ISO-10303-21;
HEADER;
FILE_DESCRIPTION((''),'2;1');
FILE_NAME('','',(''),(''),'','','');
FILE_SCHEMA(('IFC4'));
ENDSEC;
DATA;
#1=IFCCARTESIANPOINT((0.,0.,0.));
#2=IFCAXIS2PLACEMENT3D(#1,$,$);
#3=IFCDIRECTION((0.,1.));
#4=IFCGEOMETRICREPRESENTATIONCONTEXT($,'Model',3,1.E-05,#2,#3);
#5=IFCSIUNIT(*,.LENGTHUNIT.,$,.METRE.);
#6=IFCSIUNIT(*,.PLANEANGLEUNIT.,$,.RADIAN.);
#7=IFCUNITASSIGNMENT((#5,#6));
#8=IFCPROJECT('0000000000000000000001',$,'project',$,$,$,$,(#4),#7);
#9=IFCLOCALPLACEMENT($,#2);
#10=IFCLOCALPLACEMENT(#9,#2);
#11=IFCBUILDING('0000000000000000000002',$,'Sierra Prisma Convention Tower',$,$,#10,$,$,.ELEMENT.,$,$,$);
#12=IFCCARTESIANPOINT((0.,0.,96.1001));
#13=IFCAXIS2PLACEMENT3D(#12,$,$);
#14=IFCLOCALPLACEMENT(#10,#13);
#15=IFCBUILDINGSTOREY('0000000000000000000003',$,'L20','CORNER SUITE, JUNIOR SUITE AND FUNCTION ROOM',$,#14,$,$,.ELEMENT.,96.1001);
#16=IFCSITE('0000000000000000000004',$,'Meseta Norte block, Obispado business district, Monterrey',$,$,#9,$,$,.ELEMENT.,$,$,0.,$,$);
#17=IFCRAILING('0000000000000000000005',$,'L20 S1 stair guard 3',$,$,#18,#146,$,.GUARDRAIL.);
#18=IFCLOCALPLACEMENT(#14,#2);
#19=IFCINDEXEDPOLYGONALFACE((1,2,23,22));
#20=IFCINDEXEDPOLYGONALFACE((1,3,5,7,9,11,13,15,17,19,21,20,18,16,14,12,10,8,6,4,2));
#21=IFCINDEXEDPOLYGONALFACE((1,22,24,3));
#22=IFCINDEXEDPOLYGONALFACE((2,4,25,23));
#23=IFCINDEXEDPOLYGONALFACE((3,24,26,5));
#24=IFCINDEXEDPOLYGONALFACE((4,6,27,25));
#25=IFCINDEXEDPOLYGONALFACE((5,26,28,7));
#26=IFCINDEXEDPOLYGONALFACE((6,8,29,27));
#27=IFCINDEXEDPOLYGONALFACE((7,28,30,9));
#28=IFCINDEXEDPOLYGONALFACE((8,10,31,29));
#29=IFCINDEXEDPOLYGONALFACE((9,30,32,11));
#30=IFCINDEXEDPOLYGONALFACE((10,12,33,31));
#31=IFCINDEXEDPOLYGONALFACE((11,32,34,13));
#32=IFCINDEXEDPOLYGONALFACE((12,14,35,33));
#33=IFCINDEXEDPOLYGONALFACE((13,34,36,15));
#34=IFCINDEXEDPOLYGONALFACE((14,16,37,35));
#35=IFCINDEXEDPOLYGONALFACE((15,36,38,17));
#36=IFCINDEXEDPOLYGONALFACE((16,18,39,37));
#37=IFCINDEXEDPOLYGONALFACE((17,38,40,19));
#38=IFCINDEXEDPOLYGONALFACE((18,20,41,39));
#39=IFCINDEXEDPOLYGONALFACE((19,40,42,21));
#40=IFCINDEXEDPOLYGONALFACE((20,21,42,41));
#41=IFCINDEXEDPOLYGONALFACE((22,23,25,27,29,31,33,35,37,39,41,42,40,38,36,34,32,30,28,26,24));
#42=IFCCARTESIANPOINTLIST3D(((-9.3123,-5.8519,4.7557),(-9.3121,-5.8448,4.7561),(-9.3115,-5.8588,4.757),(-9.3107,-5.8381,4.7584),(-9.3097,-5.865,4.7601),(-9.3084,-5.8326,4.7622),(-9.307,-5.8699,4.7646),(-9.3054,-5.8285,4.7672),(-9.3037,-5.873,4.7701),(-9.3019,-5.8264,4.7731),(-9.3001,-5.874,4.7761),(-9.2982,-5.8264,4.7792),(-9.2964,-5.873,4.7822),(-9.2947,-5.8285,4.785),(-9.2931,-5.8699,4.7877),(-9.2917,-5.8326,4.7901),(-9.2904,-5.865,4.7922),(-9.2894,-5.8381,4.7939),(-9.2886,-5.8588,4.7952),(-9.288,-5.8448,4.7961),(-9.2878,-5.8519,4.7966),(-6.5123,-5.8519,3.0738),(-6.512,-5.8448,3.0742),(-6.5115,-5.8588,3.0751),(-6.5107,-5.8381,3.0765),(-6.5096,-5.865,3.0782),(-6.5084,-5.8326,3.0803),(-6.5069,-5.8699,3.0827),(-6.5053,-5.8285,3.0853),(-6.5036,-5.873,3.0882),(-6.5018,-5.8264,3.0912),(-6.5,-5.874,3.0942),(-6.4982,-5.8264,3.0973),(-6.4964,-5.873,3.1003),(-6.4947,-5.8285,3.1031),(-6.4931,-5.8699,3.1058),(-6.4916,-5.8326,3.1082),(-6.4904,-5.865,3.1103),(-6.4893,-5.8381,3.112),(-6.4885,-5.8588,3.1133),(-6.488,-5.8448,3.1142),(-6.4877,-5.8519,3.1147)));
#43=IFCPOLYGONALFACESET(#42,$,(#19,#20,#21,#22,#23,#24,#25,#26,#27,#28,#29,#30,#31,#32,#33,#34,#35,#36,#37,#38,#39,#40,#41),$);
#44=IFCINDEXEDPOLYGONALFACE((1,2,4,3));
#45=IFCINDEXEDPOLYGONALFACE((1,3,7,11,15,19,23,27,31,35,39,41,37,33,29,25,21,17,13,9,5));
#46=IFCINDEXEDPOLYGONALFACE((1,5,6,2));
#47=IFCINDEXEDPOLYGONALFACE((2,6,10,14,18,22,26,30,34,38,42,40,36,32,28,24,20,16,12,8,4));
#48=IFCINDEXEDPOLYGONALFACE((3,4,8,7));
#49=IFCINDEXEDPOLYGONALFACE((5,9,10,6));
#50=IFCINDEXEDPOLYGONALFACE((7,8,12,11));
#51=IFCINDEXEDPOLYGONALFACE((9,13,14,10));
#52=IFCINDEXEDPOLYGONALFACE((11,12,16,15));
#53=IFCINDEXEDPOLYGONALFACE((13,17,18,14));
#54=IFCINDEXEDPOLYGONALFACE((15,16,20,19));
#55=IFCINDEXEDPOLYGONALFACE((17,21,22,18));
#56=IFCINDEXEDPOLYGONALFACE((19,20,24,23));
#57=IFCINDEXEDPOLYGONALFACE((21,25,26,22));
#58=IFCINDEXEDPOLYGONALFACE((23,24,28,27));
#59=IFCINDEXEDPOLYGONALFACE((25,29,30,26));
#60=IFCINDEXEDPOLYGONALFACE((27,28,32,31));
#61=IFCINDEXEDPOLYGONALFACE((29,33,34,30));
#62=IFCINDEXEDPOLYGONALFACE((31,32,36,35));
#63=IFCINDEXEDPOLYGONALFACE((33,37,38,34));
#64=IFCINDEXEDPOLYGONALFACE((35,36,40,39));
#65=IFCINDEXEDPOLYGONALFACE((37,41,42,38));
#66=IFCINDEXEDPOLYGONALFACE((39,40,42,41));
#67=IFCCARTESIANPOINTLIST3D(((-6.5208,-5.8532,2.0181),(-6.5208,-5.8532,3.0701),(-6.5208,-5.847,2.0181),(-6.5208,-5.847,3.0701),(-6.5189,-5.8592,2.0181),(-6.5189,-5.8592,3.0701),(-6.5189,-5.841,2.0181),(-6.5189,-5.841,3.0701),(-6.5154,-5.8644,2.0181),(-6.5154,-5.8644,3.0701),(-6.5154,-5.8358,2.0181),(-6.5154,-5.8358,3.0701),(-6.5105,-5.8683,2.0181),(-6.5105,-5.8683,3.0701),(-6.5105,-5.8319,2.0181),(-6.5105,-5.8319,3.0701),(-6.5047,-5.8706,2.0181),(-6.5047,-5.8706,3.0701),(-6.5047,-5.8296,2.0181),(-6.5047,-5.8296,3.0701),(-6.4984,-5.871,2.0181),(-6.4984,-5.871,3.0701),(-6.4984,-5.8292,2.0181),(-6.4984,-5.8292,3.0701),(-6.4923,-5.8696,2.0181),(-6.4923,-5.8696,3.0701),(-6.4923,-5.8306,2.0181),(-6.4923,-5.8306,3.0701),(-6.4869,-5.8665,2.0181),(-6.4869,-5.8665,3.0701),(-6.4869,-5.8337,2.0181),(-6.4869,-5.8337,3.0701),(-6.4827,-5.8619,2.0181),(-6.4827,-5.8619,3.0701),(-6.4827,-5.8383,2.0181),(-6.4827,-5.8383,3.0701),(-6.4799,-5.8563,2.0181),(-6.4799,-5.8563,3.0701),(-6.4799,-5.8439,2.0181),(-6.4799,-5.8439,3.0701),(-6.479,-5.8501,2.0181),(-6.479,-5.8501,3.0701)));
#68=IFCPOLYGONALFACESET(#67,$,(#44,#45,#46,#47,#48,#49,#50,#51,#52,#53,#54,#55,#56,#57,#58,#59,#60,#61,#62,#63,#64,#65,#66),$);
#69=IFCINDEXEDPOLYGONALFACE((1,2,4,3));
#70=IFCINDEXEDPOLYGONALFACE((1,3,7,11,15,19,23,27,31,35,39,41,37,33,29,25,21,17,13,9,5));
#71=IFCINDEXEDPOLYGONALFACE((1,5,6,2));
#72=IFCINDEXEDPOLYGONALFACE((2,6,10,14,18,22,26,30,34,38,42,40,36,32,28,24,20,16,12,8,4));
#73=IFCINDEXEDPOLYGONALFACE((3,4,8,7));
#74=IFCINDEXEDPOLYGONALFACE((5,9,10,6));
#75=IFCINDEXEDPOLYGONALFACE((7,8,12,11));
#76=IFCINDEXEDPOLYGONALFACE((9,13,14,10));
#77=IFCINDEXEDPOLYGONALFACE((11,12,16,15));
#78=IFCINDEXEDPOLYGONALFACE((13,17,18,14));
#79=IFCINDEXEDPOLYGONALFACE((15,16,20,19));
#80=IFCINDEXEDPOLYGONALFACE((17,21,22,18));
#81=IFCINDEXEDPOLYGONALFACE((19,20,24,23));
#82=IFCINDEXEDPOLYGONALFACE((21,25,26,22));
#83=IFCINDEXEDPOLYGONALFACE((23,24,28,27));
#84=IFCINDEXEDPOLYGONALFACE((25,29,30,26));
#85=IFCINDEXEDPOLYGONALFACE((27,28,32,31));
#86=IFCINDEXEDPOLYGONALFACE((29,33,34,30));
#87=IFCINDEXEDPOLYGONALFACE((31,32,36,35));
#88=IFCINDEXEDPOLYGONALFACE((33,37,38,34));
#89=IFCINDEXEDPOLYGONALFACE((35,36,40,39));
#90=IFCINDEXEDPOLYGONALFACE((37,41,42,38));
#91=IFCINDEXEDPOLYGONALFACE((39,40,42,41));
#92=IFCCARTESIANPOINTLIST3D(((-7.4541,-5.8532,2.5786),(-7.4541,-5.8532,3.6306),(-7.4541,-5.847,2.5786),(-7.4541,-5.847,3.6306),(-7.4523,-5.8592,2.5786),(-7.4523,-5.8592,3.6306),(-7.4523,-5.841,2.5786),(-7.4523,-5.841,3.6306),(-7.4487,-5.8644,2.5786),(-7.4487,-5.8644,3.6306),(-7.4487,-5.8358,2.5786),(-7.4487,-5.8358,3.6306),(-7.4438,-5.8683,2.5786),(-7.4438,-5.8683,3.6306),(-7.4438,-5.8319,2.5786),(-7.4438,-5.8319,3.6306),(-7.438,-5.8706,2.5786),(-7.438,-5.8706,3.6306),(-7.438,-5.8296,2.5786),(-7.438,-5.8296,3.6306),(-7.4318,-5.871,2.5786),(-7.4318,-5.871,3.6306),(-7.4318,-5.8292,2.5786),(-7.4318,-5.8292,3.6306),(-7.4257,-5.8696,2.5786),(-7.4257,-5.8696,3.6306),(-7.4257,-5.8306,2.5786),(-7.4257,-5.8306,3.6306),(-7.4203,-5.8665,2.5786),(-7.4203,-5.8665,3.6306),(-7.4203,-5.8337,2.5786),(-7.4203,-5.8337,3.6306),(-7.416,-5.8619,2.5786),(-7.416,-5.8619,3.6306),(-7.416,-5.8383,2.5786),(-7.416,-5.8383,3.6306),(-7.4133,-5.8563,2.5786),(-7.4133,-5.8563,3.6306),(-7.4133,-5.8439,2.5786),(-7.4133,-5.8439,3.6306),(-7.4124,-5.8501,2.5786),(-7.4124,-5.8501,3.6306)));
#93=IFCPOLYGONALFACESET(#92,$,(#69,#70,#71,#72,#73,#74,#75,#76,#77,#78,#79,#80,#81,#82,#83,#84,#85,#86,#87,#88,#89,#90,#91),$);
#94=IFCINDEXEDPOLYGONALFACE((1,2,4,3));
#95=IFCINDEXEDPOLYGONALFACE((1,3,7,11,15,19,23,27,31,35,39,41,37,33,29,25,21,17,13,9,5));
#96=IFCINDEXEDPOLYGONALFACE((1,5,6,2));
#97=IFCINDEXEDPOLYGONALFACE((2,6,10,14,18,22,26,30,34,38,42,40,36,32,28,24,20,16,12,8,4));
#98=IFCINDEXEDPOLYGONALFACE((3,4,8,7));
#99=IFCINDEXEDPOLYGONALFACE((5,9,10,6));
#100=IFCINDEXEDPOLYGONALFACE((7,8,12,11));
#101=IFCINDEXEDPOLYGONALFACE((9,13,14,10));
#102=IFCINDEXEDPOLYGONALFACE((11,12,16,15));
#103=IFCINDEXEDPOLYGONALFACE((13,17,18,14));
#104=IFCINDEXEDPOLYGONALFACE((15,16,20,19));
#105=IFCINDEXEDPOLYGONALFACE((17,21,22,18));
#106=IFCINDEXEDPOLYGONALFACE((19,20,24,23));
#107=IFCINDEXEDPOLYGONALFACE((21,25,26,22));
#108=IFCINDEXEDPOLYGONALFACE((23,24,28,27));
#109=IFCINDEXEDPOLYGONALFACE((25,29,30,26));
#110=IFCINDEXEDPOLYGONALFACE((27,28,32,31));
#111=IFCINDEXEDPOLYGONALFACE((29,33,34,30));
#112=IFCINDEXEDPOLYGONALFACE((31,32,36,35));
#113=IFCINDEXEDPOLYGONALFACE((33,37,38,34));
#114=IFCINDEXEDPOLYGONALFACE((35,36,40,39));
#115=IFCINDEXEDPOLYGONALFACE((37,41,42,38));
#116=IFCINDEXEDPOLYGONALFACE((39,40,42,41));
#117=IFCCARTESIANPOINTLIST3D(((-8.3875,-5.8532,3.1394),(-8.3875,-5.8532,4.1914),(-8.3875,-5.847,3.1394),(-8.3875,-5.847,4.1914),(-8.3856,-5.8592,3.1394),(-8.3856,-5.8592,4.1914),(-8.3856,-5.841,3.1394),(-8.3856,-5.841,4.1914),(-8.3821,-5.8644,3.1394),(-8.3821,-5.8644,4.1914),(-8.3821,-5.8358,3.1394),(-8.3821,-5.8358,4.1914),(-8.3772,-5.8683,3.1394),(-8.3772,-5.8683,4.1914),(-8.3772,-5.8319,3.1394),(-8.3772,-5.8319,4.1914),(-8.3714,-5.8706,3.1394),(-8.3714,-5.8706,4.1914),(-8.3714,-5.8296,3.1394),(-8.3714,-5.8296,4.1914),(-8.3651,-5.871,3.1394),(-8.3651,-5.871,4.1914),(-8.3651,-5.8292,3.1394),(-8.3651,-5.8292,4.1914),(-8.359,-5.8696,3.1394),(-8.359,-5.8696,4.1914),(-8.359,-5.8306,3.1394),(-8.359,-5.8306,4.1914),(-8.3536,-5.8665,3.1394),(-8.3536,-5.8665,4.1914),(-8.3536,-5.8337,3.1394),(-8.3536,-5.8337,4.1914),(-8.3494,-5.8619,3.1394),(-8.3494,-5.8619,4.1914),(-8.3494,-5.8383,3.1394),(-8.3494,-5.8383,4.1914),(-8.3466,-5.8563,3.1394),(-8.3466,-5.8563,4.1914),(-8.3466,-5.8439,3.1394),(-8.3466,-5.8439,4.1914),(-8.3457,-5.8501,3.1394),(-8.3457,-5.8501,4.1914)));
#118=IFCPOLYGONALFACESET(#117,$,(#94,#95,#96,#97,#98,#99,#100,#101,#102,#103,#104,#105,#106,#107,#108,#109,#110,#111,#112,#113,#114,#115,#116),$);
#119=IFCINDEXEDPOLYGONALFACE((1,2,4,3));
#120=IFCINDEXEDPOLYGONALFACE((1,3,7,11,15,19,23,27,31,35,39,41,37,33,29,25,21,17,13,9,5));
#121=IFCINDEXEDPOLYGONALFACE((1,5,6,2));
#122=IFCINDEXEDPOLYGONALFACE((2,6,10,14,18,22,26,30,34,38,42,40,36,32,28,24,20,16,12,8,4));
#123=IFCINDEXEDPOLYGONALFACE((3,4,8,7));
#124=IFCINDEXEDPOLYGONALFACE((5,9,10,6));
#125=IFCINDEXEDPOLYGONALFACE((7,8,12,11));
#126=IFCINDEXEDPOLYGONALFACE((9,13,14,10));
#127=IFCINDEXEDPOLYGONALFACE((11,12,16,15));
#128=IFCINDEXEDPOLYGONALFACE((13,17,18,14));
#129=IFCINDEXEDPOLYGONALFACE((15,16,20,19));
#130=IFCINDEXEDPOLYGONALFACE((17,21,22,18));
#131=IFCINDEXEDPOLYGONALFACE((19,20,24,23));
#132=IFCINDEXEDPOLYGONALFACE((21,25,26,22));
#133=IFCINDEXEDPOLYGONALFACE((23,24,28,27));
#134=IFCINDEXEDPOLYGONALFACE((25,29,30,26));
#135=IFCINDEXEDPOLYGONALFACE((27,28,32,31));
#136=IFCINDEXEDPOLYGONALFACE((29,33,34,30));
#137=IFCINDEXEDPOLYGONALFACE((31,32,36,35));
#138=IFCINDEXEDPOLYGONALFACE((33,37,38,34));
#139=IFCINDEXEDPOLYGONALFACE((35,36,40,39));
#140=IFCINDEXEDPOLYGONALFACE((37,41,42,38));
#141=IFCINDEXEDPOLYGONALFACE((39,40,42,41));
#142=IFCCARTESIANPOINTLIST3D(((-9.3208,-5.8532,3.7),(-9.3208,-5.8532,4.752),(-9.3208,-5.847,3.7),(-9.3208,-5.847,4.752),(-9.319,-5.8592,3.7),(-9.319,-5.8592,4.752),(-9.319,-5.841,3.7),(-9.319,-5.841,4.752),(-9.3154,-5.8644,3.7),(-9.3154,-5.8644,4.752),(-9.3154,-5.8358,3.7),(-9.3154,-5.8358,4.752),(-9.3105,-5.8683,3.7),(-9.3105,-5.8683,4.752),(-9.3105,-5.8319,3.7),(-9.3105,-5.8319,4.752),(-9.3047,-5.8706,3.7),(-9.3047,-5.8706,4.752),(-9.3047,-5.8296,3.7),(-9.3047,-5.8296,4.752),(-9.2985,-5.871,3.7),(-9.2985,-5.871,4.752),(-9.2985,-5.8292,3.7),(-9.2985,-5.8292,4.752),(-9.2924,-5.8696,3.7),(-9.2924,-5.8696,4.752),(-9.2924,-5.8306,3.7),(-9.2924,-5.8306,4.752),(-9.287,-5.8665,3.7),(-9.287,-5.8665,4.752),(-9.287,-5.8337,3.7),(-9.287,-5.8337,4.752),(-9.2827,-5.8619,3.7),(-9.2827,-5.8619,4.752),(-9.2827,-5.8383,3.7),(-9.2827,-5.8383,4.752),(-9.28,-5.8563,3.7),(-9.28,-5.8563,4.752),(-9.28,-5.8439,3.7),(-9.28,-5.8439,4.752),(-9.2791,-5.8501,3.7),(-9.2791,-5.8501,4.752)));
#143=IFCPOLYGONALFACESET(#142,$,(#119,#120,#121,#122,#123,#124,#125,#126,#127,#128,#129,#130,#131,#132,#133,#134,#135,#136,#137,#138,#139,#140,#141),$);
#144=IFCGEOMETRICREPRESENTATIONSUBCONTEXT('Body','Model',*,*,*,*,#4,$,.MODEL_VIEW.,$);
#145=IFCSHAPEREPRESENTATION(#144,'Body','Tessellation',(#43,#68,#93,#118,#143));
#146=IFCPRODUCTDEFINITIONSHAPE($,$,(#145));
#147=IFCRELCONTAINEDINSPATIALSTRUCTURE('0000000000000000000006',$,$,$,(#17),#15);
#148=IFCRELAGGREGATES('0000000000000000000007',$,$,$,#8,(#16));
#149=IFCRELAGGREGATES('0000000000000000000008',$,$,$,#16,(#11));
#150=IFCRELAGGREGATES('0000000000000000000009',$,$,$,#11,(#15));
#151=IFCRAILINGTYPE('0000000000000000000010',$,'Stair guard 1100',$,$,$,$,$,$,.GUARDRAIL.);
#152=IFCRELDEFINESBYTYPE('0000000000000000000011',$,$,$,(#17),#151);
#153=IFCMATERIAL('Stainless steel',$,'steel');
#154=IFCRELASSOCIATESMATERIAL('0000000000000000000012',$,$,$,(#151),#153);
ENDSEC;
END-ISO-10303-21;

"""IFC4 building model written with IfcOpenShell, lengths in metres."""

from ifc_helpers import new_model, si_unit, direction, frame, origin, origin_2d, place, context, subcontext, project, spatial, circle, extrude, material, type_object, element, save


model = new_model("IFC4")

# Units and contexts
model_context = context("Model", 3, precision=1e-05, world=origin(), true_north=direction((0.0, 1.0)))
body_context = subcontext(model_context, "Body", "Model", "MODEL_VIEW")
ifc_project = project(units=[si_unit("LENGTHUNIT", "METRE"), si_unit("PLANEANGLEUNIT", "RADIAN")], contexts=[model_context])

# Site, building, storey
site_placement = place(None, origin())
site = spatial("IfcSite", under=ifc_project, at=site_placement, Name="Meseta Norte block, Obispado business district, Monterrey", CompositionType="ELEMENT", RefElevation=0.0)
building_placement = place(site_placement, origin())
building = spatial("IfcBuilding", under=site, at=building_placement, Name="Sierra Prisma Convention Tower", CompositionType="ELEMENT")
storey_placement = place(building_placement, frame((0.0, 0.0, 96.1001)))
storey = spatial("IfcBuildingStorey", under=building, at=storey_placement, Name="L20", Description="CORNER SUITE, JUNIOR SUITE AND FUNCTION ROOM", CompositionType="ELEMENT", Elevation=96.1001)

# Railing
ifc_material_1 = material(Name="Stainless steel", Category="steel")
railing_type_1 = type_object("IfcRailingType", Name="Stair guard 1100", PredefinedType="GUARDRAIL", material=ifc_material_1)
railing_1_placement = place(storey_placement, frame((-6.5, -5.8501, 2.0181)))
element("IfcRailing", 1, at=railing_1_placement, inside=storey, type_object=railing_type_1, Name="L20 S1 stair guard 3", PredefinedType="GUARDRAIL", context=body_context, shape_type="SweptSolid", body=[
    extrude(circle(Radius=0.0239, at=origin_2d()), frame((0.0, 0.0, 1.0762), z_axis=(-0.857242, 0.0, 0.514913), x_axis=(0.0, -1.0, 0.0)), (0.0, 0.0, 1.0), 3.2664),
    extrude(circle(Radius=0.021, at=origin_2d()), origin(), (0.0, 0.0, 1.0), 1.052),
    extrude(circle(Radius=0.021, at=origin_2d()), frame((-0.9333, 0.0, 0.5605)), (0.0, 0.0, 1.0), 1.052),
    extrude(circle(Radius=0.021, at=origin_2d()), frame((-1.8667, 0.0, 1.1213)), (0.0, 0.0, 1.0), 1.052),
    extrude(circle(Radius=0.021, at=origin_2d()), frame((-2.8, 0.0, 1.6819)), (0.0, 0.0, 1.0), 1.052),
])

save(model, "model.ifc")
